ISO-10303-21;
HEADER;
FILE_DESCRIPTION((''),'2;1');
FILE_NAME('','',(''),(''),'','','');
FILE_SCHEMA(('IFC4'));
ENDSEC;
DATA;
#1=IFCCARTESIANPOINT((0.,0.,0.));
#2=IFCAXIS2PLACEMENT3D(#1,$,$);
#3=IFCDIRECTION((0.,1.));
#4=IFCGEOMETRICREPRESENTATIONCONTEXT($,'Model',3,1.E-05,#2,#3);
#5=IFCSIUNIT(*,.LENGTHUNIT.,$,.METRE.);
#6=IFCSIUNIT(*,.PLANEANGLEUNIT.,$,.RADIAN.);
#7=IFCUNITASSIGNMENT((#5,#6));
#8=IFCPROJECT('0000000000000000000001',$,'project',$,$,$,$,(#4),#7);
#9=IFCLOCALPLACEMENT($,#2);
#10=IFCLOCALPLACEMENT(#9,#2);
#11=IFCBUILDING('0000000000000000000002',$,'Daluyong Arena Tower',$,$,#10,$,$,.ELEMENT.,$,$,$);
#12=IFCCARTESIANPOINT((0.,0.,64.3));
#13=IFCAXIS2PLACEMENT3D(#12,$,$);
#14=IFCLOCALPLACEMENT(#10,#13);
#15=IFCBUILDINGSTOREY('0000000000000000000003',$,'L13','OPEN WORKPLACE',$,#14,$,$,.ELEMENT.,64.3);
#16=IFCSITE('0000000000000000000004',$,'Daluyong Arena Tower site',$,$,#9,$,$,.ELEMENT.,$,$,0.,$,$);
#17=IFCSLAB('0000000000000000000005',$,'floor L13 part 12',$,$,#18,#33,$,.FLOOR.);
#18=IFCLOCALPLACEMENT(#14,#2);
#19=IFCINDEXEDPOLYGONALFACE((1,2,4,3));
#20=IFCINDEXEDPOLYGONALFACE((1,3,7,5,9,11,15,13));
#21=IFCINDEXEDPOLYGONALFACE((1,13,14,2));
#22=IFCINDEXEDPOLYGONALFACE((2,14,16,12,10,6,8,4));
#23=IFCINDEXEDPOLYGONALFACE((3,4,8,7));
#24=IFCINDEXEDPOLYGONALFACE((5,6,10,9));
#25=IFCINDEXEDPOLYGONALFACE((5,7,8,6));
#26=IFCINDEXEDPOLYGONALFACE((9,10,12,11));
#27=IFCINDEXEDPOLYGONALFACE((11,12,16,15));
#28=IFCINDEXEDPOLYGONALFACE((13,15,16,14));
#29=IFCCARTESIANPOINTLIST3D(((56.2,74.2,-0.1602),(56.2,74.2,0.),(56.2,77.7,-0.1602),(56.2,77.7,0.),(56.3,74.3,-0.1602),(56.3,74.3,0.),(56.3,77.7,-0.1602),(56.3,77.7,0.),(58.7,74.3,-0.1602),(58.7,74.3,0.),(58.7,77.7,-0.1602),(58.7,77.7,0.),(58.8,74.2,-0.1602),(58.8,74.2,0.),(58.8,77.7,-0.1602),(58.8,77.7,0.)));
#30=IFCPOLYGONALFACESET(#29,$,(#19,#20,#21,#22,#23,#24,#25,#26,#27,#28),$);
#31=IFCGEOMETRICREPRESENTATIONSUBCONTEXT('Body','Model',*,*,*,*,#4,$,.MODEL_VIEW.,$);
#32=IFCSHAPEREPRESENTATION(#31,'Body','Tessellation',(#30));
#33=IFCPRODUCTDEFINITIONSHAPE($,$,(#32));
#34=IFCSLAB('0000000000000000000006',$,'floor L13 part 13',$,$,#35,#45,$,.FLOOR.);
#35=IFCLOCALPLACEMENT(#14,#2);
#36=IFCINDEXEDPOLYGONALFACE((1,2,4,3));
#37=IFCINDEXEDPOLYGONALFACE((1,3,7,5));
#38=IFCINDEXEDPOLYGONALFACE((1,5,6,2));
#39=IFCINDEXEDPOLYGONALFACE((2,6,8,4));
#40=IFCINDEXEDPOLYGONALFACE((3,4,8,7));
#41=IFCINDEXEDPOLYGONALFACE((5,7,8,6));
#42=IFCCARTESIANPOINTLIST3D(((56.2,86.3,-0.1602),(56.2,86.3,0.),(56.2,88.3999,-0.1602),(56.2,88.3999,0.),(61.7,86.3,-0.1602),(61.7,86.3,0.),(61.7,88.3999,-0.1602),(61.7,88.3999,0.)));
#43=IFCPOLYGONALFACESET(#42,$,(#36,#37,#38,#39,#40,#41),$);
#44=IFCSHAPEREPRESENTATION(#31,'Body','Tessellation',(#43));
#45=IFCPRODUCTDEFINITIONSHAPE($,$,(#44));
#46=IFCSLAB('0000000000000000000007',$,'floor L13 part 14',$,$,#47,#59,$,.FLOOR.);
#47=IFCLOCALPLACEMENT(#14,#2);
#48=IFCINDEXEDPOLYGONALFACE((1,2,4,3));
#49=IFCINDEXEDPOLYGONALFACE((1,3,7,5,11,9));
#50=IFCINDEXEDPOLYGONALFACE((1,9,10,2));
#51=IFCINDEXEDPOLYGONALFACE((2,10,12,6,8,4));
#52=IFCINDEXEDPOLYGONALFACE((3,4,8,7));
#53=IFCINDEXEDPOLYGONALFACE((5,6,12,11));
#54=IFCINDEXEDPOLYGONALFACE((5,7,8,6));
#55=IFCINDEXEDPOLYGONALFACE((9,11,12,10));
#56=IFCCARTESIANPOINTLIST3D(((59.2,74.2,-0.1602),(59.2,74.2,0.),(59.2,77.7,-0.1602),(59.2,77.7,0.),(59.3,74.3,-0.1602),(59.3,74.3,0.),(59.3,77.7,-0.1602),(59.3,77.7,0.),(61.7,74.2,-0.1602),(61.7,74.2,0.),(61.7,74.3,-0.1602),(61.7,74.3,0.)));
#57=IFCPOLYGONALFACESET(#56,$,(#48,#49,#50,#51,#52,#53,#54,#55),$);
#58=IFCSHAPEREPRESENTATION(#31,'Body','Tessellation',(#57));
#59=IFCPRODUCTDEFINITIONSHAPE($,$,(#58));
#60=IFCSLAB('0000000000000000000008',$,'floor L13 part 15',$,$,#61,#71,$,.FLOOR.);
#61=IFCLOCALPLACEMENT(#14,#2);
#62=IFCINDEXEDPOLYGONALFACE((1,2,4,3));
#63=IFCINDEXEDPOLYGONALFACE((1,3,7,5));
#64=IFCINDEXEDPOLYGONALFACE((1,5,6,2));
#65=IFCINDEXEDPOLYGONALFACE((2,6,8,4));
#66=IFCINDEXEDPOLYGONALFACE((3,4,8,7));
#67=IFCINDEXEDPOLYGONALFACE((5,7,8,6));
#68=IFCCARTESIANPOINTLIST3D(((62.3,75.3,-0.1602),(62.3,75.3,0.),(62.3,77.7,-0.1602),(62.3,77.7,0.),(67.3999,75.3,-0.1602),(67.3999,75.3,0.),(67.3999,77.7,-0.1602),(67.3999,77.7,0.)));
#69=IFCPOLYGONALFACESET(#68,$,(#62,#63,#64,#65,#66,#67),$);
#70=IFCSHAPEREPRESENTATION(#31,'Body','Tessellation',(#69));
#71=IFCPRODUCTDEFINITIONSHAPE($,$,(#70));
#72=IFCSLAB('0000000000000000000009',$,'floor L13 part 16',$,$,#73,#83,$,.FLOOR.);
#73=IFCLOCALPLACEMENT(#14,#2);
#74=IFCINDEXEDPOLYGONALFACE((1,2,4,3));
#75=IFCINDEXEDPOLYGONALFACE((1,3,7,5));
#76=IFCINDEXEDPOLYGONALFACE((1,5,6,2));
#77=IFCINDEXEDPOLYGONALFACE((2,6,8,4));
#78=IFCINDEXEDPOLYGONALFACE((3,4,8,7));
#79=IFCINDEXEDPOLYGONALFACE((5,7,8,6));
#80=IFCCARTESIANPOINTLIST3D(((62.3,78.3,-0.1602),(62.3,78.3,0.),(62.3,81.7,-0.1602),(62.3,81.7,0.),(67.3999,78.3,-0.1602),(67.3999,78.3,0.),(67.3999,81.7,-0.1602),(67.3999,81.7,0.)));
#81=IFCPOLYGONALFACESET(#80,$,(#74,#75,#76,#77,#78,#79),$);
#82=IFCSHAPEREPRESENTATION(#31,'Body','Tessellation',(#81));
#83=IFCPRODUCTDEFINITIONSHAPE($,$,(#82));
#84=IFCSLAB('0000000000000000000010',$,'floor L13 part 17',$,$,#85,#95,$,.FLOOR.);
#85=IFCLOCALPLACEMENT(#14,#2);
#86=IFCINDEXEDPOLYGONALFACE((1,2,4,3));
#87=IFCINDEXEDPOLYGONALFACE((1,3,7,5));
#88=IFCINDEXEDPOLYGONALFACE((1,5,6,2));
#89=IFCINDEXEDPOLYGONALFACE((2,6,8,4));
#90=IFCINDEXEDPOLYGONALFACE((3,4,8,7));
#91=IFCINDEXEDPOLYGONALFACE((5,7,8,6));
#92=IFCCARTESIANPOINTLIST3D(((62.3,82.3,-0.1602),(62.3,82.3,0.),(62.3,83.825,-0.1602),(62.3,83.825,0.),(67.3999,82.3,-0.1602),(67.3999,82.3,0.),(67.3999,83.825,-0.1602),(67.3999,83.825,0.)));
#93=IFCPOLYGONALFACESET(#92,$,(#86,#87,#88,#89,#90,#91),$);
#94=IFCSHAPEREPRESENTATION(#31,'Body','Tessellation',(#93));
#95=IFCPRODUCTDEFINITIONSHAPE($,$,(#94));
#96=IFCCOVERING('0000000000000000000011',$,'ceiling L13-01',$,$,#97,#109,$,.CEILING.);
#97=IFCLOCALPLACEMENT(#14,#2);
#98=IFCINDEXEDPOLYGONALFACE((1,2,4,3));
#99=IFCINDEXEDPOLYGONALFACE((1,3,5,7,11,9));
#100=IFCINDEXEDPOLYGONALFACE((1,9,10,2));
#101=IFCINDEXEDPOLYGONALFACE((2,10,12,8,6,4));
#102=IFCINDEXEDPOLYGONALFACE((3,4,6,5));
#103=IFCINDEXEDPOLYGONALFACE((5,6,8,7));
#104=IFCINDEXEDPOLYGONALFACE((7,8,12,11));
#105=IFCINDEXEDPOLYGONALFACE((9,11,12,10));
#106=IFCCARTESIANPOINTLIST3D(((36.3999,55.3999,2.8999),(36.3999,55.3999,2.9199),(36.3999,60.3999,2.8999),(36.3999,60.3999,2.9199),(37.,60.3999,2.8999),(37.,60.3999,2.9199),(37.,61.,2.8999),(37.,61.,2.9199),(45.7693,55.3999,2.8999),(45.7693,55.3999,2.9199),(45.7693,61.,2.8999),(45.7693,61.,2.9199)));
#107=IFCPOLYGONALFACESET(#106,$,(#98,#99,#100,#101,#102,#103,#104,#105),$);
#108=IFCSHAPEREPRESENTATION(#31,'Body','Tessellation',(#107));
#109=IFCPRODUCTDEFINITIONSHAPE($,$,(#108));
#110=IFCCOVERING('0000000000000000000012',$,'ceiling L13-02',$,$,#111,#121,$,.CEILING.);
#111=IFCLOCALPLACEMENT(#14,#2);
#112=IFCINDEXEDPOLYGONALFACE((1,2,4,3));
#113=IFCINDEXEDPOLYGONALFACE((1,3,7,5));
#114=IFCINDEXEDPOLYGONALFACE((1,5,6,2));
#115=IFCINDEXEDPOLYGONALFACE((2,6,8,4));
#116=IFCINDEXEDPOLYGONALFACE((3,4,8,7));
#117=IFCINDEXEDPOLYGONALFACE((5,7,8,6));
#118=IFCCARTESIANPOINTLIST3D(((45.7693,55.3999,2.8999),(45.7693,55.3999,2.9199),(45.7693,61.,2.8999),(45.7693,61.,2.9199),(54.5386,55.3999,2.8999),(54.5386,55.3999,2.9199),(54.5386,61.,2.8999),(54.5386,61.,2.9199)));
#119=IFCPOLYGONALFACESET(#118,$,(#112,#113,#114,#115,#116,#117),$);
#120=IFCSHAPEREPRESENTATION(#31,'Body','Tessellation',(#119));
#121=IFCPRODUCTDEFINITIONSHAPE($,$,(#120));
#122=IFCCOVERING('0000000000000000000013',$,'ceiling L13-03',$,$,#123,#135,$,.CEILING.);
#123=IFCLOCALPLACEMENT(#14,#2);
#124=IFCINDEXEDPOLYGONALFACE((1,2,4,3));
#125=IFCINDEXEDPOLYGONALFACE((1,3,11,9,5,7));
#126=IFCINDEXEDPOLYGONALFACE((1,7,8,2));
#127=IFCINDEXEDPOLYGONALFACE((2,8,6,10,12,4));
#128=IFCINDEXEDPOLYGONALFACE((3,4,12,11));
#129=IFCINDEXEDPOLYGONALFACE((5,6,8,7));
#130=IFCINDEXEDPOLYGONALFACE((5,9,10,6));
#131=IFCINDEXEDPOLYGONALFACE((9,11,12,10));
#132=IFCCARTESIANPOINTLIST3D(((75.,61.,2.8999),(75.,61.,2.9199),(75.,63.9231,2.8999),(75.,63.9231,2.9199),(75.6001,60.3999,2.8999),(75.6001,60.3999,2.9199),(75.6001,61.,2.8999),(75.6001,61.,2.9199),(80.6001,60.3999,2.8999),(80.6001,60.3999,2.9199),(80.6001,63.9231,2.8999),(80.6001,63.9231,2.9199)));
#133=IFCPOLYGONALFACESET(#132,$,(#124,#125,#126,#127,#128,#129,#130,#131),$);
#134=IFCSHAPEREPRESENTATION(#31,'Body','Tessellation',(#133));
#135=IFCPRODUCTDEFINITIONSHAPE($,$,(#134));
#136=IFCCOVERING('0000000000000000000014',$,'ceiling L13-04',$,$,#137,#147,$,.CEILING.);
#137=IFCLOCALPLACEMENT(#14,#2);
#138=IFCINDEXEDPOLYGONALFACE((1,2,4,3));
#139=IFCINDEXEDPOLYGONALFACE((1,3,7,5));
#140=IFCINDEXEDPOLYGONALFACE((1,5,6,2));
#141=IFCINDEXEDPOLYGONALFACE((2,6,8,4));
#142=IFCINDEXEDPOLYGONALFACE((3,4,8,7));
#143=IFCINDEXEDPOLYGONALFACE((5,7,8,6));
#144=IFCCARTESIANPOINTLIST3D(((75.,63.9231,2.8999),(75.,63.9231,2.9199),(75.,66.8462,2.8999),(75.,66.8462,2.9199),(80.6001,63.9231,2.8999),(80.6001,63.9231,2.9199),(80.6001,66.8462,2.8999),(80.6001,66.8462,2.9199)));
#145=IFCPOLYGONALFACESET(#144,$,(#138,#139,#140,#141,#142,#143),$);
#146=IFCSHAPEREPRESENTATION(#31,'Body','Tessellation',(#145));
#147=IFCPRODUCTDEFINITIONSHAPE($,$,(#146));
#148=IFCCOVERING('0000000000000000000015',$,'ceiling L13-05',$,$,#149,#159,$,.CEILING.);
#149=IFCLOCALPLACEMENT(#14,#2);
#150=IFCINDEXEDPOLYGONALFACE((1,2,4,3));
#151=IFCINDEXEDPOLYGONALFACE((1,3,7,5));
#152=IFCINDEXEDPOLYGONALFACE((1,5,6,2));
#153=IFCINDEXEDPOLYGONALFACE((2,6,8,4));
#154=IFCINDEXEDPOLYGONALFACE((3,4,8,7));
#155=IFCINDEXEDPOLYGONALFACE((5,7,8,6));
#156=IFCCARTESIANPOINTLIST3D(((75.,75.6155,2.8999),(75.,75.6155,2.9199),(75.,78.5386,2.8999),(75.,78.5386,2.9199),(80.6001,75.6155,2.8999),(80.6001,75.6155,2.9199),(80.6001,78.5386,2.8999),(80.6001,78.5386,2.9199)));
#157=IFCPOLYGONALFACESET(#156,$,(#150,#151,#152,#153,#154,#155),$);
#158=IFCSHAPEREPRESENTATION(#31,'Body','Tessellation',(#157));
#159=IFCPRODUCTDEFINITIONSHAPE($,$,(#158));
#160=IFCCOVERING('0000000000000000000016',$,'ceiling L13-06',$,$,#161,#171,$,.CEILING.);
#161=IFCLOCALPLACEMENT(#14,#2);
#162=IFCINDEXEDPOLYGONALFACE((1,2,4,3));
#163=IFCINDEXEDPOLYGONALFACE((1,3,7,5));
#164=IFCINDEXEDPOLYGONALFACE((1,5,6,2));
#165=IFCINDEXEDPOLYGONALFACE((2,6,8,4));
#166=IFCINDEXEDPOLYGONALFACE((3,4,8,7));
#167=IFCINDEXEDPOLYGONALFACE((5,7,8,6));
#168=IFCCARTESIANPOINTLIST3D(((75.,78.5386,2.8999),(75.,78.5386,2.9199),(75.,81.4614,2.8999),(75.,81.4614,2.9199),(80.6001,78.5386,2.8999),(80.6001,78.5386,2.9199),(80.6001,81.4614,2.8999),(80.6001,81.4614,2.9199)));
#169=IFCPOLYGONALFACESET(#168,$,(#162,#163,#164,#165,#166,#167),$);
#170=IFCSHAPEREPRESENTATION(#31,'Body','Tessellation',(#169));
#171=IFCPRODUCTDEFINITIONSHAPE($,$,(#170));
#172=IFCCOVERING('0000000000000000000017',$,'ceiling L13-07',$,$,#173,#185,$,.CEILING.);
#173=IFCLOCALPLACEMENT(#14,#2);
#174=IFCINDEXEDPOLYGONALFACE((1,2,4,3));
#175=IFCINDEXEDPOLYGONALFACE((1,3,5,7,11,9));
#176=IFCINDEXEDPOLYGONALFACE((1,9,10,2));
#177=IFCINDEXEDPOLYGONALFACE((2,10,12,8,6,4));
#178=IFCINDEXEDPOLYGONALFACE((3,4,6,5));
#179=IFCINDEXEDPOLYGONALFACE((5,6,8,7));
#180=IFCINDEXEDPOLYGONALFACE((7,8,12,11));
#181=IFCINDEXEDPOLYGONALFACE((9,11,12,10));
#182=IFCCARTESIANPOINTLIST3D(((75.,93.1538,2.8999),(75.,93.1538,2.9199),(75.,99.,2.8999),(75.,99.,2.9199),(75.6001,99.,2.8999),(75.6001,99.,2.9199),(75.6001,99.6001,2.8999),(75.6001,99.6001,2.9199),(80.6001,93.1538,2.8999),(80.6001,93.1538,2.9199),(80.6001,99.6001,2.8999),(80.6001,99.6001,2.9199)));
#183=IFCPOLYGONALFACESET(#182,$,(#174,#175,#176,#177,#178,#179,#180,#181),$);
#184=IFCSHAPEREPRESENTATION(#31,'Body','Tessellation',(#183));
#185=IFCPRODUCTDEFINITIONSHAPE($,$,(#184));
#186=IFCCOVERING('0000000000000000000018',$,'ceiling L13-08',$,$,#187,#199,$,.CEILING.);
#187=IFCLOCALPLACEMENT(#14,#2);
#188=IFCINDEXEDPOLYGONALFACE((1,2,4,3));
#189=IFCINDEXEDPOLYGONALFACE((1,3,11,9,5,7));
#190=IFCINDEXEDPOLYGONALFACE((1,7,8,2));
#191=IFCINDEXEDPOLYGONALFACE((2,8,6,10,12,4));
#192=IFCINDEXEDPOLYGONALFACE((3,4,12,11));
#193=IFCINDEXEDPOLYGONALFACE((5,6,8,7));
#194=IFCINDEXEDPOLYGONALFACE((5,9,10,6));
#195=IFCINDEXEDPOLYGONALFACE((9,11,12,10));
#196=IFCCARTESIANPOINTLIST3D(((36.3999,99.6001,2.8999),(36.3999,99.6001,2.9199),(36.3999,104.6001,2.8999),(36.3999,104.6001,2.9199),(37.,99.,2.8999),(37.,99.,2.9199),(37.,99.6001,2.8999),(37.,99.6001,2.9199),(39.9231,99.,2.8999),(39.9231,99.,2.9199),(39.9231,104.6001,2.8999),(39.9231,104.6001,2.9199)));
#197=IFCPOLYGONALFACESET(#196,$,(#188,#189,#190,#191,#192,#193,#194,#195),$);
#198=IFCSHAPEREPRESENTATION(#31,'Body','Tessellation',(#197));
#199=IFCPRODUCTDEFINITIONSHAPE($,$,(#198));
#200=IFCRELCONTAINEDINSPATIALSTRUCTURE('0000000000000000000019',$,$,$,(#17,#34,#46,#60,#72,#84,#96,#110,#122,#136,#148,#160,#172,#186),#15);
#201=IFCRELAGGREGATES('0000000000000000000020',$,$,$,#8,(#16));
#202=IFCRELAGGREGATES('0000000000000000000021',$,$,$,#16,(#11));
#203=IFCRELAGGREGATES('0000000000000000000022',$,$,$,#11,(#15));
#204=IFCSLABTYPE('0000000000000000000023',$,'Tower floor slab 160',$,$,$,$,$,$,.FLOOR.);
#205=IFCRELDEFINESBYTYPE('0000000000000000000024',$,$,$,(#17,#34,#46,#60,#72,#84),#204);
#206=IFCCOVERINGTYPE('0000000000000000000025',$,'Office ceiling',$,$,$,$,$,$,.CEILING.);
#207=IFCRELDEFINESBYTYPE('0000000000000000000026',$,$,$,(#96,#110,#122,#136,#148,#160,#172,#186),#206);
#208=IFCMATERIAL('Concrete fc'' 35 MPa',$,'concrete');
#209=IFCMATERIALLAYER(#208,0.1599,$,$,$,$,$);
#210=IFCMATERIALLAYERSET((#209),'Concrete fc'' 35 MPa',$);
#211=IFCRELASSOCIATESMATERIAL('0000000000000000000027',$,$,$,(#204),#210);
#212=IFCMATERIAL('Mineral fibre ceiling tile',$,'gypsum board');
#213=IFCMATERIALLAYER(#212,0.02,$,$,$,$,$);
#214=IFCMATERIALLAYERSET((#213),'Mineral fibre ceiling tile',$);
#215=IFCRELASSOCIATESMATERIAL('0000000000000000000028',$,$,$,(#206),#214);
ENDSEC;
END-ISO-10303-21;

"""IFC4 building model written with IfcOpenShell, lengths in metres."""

from ifc_helpers import new_model, si_unit, direction, frame, origin, place, context, subcontext, project, spatial, polyline, outline, extrude, material, layer, layer_set, type_object, element, save


model = new_model("IFC4")

# Units and contexts
model_context = context("Model", 3, precision=1e-05, world=origin(), true_north=direction((0.0, 1.0)))
body_context = subcontext(model_context, "Body", "Model", "MODEL_VIEW")
ifc_project = project(units=[si_unit("LENGTHUNIT", "METRE"), si_unit("PLANEANGLEUNIT", "RADIAN")], contexts=[model_context])

# Site, building, storey
site_placement = place(None, origin())
site = spatial("IfcSite", under=ifc_project, at=site_placement, Name="Daluyong Arena Tower site", CompositionType="ELEMENT", RefElevation=0.0)
building_placement = place(site_placement, origin())
building = spatial("IfcBuilding", under=site, at=building_placement, Name="Daluyong Arena Tower", CompositionType="ELEMENT")
storey_placement = place(building_placement, frame((0.0, 0.0, 64.3)))
storey = spatial("IfcBuildingStorey", under=building, at=storey_placement, Name="L13", Description="OPEN WORKPLACE", CompositionType="ELEMENT", Elevation=64.3)

# Slabs
ifc_material_1 = material(Name="Concrete fc' 35 MPa", Category="concrete")
ifc_layer_1 = layer(ifc_material_1, 0.1599)
ifc_layer_set_1 = layer_set([ifc_layer_1], Name="Concrete fc' 35 MPa")
slab_type_1 = type_object("IfcSlabType", Name="Tower floor slab 160", PredefinedType="FLOOR", material=ifc_layer_set_1)
slab_1_placement = place(storey_placement, frame((0.0, 0.0, -0.1602)))
element("IfcSlab", 1, at=slab_1_placement, inside=storey, type_object=slab_type_1, Name="floor L13 part 12", PredefinedType="FLOOR", context=body_context, shape_type="SweptSolid", body=[
    extrude(outline(polyline([(56.2, 77.7), (56.2, 74.2), (58.8, 74.2), (58.8, 77.7), (58.7, 77.7), (58.7, 74.3), (56.3, 74.3), (56.3, 77.7), (56.2, 77.7)])), origin(), (0.0, 0.0, 1.0), 0.1602),
])
slab_2_placement = place(storey_placement, frame((0.0, 0.0, -0.1602)))
element("IfcSlab", 2, at=slab_2_placement, inside=storey, type_object=slab_type_1, Name="floor L13 part 13", PredefinedType="FLOOR", context=body_context, shape_type="SweptSolid", body=[
    extrude(outline(polyline([(56.2, 86.3), (61.7, 86.3), (61.7, 88.3999), (56.2, 88.3999), (56.2, 86.3)])), origin(), (0.0, 0.0, 1.0), 0.1602),
])
slab_3_placement = place(storey_placement, frame((0.0, 0.0, -0.1602)))
element("IfcSlab", 3, at=slab_3_placement, inside=storey, type_object=slab_type_1, Name="floor L13 part 14", PredefinedType="FLOOR", context=body_context, shape_type="SweptSolid", body=[
    extrude(outline(polyline([(59.2, 74.2), (61.7, 74.2), (61.7, 74.3), (59.3, 74.3), (59.3, 77.7), (59.2, 77.7), (59.2, 74.2)])), origin(), (0.0, 0.0, 1.0), 0.1602),
])
slab_4_placement = place(storey_placement, frame((0.0, 0.0, -0.1602)))
element("IfcSlab", 4, at=slab_4_placement, inside=storey, type_object=slab_type_1, Name="floor L13 part 15", PredefinedType="FLOOR", context=body_context, shape_type="SweptSolid", body=[
    extrude(outline(polyline([(67.3999, 75.3), (67.3999, 77.7), (62.3, 77.7), (62.3, 75.3), (67.3999, 75.3)])), origin(), (0.0, 0.0, 1.0), 0.1602),
])
slab_5_placement = place(storey_placement, frame((0.0, 0.0, -0.1602)))
element("IfcSlab", 5, at=slab_5_placement, inside=storey, type_object=slab_type_1, Name="floor L13 part 16", PredefinedType="FLOOR", context=body_context, shape_type="SweptSolid", body=[
    extrude(outline(polyline([(67.3999, 78.3), (67.3999, 81.7), (62.3, 81.7), (62.3, 78.3), (67.3999, 78.3)])), origin(), (0.0, 0.0, 1.0), 0.1602),
])
slab_6_placement = place(storey_placement, frame((0.0, 0.0, -0.1602)))
element("IfcSlab", 6, at=slab_6_placement, inside=storey, type_object=slab_type_1, Name="floor L13 part 17", PredefinedType="FLOOR", context=body_context, shape_type="SweptSolid", body=[
    extrude(outline(polyline([(67.3999, 82.3), (67.3999, 83.825), (62.3, 83.825), (62.3, 82.3), (67.3999, 82.3)])), origin(), (0.0, 0.0, 1.0), 0.1602),
])

# Coverings
ifc_material_2 = material(Name="Mineral fibre ceiling tile", Category="gypsum board")
ifc_layer_2 = layer(ifc_material_2, 0.02)
ifc_layer_set_2 = layer_set([ifc_layer_2], Name="Mineral fibre ceiling tile")
covering_type = type_object("IfcCoveringType", Name="Office ceiling", PredefinedType="CEILING", material=ifc_layer_set_2)
covering_1_placement = place(storey_placement, frame((0.0, 0.0, 2.8999)))
element("IfcCovering", 7, at=covering_1_placement, inside=storey, type_object=covering_type, Name="ceiling L13-01", PredefinedType="CEILING", context=body_context, shape_type="SweptSolid", body=[
    extrude(outline(polyline([(36.3999, 60.3999), (36.3999, 55.3999), (45.7693, 55.3999), (45.7693, 61.0), (37.0, 61.0), (37.0, 60.3999), (36.3999, 60.3999)])), origin(), (0.0, 0.0, 1.0), 0.02),
])
covering_2_placement = place(storey_placement, frame((0.0, 0.0, 2.8999)))
element("IfcCovering", 8, at=covering_2_placement, inside=storey, type_object=covering_type, Name="ceiling L13-02", PredefinedType="CEILING", context=body_context, shape_type="SweptSolid", body=[
    extrude(outline(polyline([(45.7693, 61.0), (45.7693, 55.3999), (54.5386, 55.3999), (54.5386, 61.0), (45.7693, 61.0)])), origin(), (0.0, 0.0, 1.0), 0.02),
])
covering_3_placement = place(storey_placement, frame((0.0, 0.0, 2.8999)))
element("IfcCovering", 9, at=covering_3_placement, inside=storey, type_object=covering_type, Name="ceiling L13-03", PredefinedType="CEILING", context=body_context, shape_type="SweptSolid", body=[
    extrude(outline(polyline([(75.6001, 60.3999), (80.6001, 60.3999), (80.6001, 63.9231), (75.0, 63.9231), (75.0, 61.0), (75.6001, 61.0), (75.6001, 60.3999)])), origin(), (0.0, 0.0, 1.0), 0.02),
])
covering_4_placement = place(storey_placement, frame((0.0, 0.0, 2.8999)))
element("IfcCovering", 10, at=covering_4_placement, inside=storey, type_object=covering_type, Name="ceiling L13-04", PredefinedType="CEILING", context=body_context, shape_type="SweptSolid", body=[
    extrude(outline(polyline([(75.0, 63.9231), (80.6001, 63.9231), (80.6001, 66.8462), (75.0, 66.8462), (75.0, 63.9231)])), origin(), (0.0, 0.0, 1.0), 0.02),
])
covering_5_placement = place(storey_placement, frame((0.0, 0.0, 2.8999)))
element("IfcCovering", 11, at=covering_5_placement, inside=storey, type_object=covering_type, Name="ceiling L13-05", PredefinedType="CEILING", context=body_context, shape_type="SweptSolid", body=[
    extrude(outline(polyline([(75.0, 75.6155), (80.6001, 75.6155), (80.6001, 78.5386), (75.0, 78.5386), (75.0, 75.6155)])), origin(), (0.0, 0.0, 1.0), 0.02),
])
covering_6_placement = place(storey_placement, frame((0.0, 0.0, 2.8999)))
element("IfcCovering", 12, at=covering_6_placement, inside=storey, type_object=covering_type, Name="ceiling L13-06", PredefinedType="CEILING", context=body_context, shape_type="SweptSolid", body=[
    extrude(outline(polyline([(75.0, 78.5386), (80.6001, 78.5386), (80.6001, 81.4614), (75.0, 81.4614), (75.0, 78.5386)])), origin(), (0.0, 0.0, 1.0), 0.02),
])
covering_7_placement = place(storey_placement, frame((0.0, 0.0, 2.8999)))
element("IfcCovering", 13, at=covering_7_placement, inside=storey, type_object=covering_type, Name="ceiling L13-07", PredefinedType="CEILING", context=body_context, shape_type="SweptSolid", body=[
    extrude(outline(polyline([(75.0, 93.1538), (80.6001, 93.1538), (80.6001, 99.6001), (75.6001, 99.6001), (75.6001, 99.0), (75.0, 99.0), (75.0, 93.1538)])), origin(), (0.0, 0.0, 1.0), 0.02),
])
covering_8_placement = place(storey_placement, frame((0.0, 0.0, 2.8999)))
element("IfcCovering", 14, at=covering_8_placement, inside=storey, type_object=covering_type, Name="ceiling L13-08", PredefinedType="CEILING", context=body_context, shape_type="SweptSolid", body=[
    extrude(outline(polyline([(39.9231, 99.0), (39.9231, 104.6001), (36.3999, 104.6001), (36.3999, 99.6001), (37.0, 99.6001), (37.0, 99.0), (39.9231, 99.0)])), origin(), (0.0, 0.0, 1.0), 0.02),
])

save(model, "model.ifc")
